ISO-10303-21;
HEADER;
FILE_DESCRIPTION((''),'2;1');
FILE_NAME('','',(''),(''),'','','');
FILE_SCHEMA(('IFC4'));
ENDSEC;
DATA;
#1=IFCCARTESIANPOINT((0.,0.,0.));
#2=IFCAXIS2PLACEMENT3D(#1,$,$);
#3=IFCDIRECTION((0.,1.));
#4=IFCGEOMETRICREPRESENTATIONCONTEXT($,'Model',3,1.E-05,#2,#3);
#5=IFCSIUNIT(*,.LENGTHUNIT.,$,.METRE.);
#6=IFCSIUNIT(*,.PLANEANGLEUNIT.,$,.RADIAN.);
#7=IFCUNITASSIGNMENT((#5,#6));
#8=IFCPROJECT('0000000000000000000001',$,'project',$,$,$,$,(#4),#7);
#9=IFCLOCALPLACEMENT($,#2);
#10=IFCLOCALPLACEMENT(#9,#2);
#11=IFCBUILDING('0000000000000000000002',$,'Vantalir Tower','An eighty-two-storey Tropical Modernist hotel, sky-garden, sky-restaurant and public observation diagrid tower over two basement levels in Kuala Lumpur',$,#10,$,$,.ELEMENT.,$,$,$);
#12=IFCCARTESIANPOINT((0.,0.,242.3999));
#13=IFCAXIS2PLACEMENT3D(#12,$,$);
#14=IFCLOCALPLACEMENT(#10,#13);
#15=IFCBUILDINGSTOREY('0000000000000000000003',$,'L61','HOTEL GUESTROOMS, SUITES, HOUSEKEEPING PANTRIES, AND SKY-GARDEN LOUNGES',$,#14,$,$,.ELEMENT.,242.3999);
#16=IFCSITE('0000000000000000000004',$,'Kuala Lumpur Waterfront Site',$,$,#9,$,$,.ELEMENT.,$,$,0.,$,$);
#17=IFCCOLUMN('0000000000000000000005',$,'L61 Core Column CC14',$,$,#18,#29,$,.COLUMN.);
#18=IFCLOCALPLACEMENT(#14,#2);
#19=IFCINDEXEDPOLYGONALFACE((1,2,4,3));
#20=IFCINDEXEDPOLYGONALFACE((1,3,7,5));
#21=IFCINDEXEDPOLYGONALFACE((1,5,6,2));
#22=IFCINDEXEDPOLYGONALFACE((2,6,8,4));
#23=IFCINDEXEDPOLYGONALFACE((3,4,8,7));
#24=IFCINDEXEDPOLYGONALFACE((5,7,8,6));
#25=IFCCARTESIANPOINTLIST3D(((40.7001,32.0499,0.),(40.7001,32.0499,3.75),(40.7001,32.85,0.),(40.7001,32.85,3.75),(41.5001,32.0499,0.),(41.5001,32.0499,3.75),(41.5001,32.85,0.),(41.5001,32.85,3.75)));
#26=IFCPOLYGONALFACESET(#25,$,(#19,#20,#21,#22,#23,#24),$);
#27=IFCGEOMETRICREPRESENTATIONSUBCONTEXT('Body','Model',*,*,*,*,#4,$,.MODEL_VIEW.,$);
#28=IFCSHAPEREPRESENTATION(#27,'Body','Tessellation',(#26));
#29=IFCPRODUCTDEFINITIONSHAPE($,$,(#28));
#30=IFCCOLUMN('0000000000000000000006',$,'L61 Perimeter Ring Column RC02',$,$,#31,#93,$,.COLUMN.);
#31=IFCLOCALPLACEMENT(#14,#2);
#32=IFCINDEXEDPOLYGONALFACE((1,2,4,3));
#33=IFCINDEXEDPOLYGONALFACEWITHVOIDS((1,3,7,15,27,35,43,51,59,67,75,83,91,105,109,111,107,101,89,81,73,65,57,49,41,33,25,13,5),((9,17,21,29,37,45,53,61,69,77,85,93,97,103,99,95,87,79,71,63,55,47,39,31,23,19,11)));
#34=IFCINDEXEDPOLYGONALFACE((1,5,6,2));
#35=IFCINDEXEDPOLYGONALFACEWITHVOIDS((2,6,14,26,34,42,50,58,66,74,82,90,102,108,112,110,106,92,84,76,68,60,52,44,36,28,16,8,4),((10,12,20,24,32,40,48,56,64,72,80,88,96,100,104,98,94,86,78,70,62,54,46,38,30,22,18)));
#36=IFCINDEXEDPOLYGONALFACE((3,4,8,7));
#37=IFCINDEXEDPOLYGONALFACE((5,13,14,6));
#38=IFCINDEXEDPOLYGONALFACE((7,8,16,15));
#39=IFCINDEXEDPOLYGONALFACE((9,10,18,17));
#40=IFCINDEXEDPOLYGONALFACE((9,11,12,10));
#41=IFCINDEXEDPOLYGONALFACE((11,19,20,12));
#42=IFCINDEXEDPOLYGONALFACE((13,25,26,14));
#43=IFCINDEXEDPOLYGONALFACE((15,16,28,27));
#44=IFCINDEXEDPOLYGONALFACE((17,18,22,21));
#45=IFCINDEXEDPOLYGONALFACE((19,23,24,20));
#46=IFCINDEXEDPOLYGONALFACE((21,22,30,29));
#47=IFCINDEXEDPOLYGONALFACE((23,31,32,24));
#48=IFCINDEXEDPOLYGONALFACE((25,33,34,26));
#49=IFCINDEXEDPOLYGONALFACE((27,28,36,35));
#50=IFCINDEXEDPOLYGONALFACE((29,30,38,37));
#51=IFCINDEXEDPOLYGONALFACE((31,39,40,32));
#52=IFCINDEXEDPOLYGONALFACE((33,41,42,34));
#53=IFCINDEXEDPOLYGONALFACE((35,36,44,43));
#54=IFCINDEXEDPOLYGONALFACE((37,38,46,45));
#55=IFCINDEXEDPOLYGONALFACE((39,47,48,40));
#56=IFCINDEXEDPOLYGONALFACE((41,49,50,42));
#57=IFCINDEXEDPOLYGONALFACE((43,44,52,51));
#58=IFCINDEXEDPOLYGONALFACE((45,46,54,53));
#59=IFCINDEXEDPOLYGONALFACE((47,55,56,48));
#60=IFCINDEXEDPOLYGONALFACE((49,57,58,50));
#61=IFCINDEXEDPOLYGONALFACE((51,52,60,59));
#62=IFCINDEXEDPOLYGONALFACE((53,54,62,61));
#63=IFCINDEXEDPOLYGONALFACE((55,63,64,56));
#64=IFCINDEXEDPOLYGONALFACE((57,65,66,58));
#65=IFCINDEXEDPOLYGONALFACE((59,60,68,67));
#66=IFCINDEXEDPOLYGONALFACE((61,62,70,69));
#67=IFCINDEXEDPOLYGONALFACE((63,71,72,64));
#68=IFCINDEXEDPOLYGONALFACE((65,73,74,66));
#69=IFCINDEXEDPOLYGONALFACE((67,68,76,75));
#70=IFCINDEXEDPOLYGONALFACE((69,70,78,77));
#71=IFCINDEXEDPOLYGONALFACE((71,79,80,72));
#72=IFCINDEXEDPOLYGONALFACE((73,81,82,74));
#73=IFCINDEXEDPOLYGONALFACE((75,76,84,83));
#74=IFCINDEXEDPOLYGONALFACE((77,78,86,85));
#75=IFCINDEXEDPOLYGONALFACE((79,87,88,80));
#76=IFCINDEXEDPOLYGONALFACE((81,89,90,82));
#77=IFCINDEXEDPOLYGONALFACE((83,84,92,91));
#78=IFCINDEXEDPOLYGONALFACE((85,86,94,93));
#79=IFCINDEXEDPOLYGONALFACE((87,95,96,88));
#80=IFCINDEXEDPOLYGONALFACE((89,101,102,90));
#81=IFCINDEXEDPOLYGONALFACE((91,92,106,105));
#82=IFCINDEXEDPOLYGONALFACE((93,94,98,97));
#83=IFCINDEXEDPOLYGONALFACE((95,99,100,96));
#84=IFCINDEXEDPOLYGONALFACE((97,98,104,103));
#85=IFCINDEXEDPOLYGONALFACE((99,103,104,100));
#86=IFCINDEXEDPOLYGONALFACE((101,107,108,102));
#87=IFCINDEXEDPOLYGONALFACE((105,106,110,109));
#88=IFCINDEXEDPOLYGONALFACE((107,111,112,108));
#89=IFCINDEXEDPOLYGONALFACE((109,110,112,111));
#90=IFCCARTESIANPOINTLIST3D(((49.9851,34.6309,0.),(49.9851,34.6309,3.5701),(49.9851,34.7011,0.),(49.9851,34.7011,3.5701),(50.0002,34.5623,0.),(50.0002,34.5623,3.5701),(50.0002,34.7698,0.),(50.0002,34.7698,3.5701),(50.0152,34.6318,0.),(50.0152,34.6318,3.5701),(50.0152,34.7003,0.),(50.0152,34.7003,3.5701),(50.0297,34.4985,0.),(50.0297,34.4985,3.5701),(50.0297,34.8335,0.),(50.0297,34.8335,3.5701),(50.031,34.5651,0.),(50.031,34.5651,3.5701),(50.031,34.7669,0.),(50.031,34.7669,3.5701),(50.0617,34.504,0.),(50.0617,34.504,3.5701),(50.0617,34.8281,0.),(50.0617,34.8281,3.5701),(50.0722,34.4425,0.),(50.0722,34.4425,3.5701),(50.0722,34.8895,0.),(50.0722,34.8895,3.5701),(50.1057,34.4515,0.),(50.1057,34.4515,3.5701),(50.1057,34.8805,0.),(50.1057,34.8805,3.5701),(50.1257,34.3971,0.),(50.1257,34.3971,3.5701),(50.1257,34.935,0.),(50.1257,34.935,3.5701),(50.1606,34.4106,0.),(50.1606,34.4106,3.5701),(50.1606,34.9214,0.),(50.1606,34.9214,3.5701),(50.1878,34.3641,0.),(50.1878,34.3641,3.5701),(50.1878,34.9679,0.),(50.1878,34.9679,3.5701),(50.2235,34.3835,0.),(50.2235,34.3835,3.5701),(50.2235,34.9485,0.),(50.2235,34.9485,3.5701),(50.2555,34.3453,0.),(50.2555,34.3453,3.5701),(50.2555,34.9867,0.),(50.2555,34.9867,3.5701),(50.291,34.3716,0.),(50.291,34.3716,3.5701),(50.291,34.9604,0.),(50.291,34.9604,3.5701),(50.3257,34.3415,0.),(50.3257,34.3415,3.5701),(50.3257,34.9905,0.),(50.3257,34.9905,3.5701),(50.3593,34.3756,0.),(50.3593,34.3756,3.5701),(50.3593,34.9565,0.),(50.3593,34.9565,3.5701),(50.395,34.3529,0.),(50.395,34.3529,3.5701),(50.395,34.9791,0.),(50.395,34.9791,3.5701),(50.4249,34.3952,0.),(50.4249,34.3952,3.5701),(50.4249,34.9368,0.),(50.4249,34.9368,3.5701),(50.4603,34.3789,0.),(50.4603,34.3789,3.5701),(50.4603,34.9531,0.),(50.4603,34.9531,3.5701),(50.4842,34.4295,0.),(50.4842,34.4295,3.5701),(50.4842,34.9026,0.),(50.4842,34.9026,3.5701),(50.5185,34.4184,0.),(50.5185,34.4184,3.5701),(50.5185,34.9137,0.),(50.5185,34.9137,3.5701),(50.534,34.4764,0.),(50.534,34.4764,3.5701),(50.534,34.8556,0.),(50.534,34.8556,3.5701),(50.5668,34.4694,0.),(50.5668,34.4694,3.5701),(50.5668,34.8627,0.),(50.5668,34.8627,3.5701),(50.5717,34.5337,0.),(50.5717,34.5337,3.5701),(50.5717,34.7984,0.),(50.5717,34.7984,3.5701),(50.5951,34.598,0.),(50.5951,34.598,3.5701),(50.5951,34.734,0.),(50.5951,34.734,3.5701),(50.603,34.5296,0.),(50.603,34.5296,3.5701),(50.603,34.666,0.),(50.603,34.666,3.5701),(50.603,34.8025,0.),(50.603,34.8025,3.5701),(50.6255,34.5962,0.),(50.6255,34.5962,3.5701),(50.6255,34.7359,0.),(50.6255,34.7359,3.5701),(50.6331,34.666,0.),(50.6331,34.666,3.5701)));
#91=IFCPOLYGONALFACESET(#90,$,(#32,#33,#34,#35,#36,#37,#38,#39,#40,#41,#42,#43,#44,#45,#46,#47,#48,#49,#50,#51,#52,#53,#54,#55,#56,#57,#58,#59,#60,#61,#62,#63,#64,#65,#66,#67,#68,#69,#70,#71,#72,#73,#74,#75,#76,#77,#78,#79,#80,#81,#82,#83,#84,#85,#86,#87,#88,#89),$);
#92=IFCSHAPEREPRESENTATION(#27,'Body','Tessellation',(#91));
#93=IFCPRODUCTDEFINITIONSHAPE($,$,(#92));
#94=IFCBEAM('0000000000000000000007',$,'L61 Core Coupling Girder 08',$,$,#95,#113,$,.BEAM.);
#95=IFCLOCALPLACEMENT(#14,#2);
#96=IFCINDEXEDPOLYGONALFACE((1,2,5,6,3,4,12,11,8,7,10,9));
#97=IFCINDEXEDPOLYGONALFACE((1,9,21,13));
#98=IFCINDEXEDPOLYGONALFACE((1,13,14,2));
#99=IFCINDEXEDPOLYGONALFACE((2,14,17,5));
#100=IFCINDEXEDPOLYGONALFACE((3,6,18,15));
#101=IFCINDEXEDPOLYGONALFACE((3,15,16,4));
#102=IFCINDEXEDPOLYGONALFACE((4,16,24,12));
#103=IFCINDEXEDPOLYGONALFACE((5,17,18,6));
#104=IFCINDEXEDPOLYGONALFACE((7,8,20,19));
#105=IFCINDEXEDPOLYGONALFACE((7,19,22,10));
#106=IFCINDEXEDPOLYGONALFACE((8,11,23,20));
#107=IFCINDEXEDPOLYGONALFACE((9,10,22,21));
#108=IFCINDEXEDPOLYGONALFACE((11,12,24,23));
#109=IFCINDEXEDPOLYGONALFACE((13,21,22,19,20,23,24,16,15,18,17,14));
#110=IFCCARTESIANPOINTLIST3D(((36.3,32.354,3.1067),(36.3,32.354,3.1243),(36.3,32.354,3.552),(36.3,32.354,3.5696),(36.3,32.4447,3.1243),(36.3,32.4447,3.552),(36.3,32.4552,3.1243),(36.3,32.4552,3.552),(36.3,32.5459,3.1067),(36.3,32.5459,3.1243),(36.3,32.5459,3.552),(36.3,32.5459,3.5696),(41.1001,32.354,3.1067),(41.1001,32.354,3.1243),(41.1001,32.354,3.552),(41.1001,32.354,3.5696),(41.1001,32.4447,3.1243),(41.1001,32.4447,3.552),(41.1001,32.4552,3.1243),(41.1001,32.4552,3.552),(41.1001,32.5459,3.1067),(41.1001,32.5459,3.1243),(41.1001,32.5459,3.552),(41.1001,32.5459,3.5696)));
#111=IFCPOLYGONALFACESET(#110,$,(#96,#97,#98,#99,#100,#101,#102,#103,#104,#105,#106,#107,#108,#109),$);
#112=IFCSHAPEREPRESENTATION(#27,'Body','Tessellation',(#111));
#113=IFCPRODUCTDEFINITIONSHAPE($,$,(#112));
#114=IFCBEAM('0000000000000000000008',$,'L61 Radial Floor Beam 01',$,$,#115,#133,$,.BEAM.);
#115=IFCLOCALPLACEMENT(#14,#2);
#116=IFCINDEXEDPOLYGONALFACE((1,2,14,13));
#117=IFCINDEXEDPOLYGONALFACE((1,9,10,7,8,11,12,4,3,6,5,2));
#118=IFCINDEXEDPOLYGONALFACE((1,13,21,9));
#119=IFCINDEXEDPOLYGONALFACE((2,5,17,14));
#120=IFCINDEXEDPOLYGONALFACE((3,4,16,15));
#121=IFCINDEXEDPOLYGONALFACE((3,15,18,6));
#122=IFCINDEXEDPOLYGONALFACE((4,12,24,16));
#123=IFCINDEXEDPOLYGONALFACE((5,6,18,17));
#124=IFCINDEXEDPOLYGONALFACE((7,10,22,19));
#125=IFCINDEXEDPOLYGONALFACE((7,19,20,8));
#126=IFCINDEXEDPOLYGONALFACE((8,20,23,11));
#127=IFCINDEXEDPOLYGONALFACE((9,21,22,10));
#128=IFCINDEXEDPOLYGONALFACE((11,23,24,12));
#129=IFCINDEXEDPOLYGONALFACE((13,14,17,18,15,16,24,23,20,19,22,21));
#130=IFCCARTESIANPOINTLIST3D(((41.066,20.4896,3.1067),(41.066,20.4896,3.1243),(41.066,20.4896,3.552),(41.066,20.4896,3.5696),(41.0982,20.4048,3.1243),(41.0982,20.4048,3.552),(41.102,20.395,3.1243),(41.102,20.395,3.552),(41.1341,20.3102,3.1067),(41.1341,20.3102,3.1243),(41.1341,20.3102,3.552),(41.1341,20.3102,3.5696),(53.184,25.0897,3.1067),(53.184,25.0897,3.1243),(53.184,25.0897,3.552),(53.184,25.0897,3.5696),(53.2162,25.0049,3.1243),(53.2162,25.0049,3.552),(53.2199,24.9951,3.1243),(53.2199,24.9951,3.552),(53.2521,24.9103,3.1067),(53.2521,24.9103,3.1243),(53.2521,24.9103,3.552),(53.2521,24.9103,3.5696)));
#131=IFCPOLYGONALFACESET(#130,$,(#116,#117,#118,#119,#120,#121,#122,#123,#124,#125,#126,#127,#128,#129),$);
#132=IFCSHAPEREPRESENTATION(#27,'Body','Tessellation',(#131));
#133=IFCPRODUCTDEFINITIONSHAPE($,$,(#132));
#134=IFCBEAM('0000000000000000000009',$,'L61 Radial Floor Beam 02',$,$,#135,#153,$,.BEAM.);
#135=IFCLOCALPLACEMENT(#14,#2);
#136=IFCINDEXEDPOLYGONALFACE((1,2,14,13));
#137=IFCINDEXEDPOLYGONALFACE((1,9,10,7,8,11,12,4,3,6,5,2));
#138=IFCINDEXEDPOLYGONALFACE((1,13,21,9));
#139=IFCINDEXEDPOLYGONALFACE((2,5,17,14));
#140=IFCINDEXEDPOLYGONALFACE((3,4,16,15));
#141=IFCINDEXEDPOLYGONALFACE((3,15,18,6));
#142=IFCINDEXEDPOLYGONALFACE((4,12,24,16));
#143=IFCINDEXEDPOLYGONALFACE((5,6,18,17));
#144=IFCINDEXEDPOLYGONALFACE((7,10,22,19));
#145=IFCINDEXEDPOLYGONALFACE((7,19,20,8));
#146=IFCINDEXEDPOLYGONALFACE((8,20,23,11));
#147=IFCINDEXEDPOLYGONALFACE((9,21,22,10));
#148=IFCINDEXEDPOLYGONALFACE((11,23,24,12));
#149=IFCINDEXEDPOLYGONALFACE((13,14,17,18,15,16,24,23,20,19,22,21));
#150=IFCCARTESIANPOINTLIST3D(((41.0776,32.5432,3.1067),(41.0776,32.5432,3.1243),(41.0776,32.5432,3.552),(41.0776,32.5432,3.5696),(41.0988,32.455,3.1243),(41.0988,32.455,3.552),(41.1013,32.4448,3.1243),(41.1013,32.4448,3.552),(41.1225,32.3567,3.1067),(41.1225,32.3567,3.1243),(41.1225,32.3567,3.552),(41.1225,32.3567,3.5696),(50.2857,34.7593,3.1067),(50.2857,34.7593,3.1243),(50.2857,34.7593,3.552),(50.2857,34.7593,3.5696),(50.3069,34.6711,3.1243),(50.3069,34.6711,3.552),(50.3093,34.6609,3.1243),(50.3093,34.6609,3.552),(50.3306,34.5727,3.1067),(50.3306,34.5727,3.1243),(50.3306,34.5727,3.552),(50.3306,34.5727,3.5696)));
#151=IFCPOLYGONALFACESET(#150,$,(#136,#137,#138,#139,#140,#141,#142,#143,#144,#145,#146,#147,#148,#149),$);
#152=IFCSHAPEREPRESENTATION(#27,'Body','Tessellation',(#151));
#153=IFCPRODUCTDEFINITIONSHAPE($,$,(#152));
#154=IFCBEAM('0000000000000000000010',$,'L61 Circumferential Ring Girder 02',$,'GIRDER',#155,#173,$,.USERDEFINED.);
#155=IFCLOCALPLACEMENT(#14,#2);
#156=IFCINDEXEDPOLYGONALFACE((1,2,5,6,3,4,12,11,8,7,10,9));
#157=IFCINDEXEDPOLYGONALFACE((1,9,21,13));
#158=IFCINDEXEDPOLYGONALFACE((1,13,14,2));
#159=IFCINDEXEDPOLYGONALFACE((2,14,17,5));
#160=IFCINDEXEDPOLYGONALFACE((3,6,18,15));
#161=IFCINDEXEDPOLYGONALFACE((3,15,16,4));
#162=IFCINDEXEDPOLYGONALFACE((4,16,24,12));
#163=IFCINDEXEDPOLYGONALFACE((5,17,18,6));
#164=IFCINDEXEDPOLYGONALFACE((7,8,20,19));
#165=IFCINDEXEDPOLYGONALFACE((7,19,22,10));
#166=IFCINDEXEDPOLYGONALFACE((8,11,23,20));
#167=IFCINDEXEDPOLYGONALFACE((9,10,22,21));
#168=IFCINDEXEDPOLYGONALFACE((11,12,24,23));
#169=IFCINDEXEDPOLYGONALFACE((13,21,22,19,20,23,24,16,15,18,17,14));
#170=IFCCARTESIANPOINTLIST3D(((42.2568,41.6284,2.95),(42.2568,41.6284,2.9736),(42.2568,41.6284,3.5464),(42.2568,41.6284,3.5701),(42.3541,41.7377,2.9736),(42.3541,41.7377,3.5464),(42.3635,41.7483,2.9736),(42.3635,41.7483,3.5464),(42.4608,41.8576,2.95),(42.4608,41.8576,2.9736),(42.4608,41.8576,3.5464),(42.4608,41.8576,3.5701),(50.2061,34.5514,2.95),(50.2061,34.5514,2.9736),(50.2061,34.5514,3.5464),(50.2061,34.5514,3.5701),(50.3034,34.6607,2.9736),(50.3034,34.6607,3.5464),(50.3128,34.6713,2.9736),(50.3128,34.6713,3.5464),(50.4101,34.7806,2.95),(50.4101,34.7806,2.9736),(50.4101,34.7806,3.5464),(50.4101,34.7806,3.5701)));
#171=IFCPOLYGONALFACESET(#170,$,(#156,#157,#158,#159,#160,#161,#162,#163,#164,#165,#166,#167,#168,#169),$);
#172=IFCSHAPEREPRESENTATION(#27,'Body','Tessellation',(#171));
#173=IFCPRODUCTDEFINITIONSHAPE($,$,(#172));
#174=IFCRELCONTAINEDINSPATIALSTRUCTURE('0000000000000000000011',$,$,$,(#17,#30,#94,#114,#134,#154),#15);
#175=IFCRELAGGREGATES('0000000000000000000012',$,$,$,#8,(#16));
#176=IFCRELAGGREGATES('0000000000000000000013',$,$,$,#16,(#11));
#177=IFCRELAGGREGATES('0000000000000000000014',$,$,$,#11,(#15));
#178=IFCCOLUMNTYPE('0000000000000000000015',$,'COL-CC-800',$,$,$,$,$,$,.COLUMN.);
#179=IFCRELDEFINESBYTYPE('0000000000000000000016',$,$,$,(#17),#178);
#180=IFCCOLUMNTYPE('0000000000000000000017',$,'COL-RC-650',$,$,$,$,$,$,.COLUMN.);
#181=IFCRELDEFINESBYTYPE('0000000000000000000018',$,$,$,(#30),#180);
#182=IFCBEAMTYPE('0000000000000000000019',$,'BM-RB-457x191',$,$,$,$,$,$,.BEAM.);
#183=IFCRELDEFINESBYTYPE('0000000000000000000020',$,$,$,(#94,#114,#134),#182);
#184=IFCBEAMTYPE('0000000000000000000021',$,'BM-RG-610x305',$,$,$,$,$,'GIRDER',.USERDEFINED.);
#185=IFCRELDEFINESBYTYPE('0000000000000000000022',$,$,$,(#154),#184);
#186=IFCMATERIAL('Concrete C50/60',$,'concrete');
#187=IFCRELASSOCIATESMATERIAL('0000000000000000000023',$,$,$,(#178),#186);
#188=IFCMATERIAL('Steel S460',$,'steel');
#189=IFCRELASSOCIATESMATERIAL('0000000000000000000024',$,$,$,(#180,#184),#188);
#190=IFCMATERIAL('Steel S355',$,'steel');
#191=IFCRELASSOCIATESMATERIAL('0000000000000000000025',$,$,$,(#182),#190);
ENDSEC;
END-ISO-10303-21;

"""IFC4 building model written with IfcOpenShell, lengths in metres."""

from ifc_helpers import new_model, si_unit, direction, frame, origin, origin_2d, place, context, subcontext, project, spatial, rectangle, hollow_circle, i_section, extrude, material, material_profile, profile_set, type_object, element, save


model = new_model("IFC4")

# Units and contexts
model_context = context("Model", 3, precision=1e-05, world=origin(), true_north=direction((0.0, 1.0)))
body_context = subcontext(model_context, "Body", "Model", "MODEL_VIEW")
ifc_project = project(units=[si_unit("LENGTHUNIT", "METRE"), si_unit("PLANEANGLEUNIT", "RADIAN")], contexts=[model_context])

# Site, building, storey
site_placement = place(None, origin())
site = spatial("IfcSite", under=ifc_project, at=site_placement, Name="Kuala Lumpur Waterfront Site", CompositionType="ELEMENT", RefElevation=0.0)
building_placement = place(site_placement, origin())
building = spatial("IfcBuilding", under=site, at=building_placement, Name="Vantalir Tower", Description="An eighty-two-storey Tropical Modernist hotel, sky-garden, sky-restaurant and public observation diagrid tower over two basement levels in Kuala Lumpur", CompositionType="ELEMENT")
storey_placement = place(building_placement, frame((0.0, 0.0, 242.3999)))
storey = spatial("IfcBuildingStorey", under=building, at=storey_placement, Name="L61", Description="HOTEL GUESTROOMS, SUITES, HOUSEKEEPING PANTRIES, AND SKY-GARDEN LOUNGES", CompositionType="ELEMENT", Elevation=242.3999)

# Columns
ifc_material_1 = material(Name="Concrete C50/60", Category="concrete")
ifc_material_profile_1 = material_profile(ifc_material_1, rectangle(XDim=0.8, YDim=0.8, at=origin_2d()), Name="Concrete C50/60")
ifc_profile_set_1 = profile_set([ifc_material_profile_1], Name="Concrete C50/60")
column_type_1 = type_object("IfcColumnType", Name="COL-CC-800", PredefinedType="COLUMN", material=ifc_profile_set_1)
column_1_placement = place(storey_placement, frame((41.1001, 32.45, 0.0), z_axis=(0.0, 0.0, 1.0), x_axis=(1.0, 0.0, 0.0)))
element("IfcColumn", 1, at=column_1_placement, inside=storey, type_object=column_type_1, Name="L61 Core Column CC14", PredefinedType="COLUMN", context=body_context, shape_type="SweptSolid", body=[
    extrude(rectangle(XDim=0.8, YDim=0.8, at=origin_2d()), origin(), (0.0, 0.0, 1.0), 3.75),
])
ifc_material_2 = material(Name="Steel S460", Category="steel")
ifc_material_profile_2 = material_profile(ifc_material_2, hollow_circle(Radius=0.325, WallThickness=0.03, at=origin_2d()), Name="Steel S460")
ifc_profile_set_2 = profile_set([ifc_material_profile_2], Name="Steel S460")
column_type_2 = type_object("IfcColumnType", Name="COL-RC-650", PredefinedType="COLUMN", material=ifc_profile_set_2)
column_2_placement = place(storey_placement, frame((50.3081, 34.666, 0.0), z_axis=(0.0, 0.0, 1.0), x_axis=(1.0, 0.0, 0.0)))
element("IfcColumn", 2, at=column_2_placement, inside=storey, type_object=column_type_2, Name="L61 Perimeter Ring Column RC02", PredefinedType="COLUMN", context=body_context, shape_type="SweptSolid", body=[
    extrude(hollow_circle(Radius=0.325, WallThickness=0.03, at=origin_2d()), origin(), (0.0, 0.0, 1.0), 3.5701),
])

# Beams
ifc_material_3 = material(Name="Steel S355", Category="steel")
ifc_material_profile_3 = material_profile(ifc_material_3, i_section(OverallWidth=0.1919, OverallDepth=0.4629, WebThickness=0.0105, FlangeThickness=0.0176, at=origin_2d()), Name="Steel S355")
ifc_profile_set_3 = profile_set([ifc_material_profile_3], Name="Steel S355")
beam_type_1 = type_object("IfcBeamType", Name="BM-RB-457x191", PredefinedType="BEAM", material=ifc_profile_set_3)
beam_1_placement = place(storey_placement, frame((41.1001, 32.45, 3.3381), z_axis=(-1.0, 0.0, 0.0), x_axis=(0.0, -1.0, 0.0)))
element("IfcBeam", 3, at=beam_1_placement, inside=storey, type_object=beam_type_1, Name="L61 Core Coupling Girder 08", PredefinedType="BEAM", context=body_context, shape_type="SweptSolid", body=[
    extrude(i_section(OverallWidth=0.1919, OverallDepth=0.4629, WebThickness=0.0105, FlangeThickness=0.0176, at=origin_2d()), origin(), (0.0, 0.0, 1.0), 4.8),
])
beam_2_placement = place(storey_placement, frame((53.218, 25.0, 3.3381), z_axis=(-0.934904, -0.3549, 0.0), x_axis=(0.3549, -0.934904, 0.0)))
element("IfcBeam", 4, at=beam_2_placement, inside=storey, type_object=beam_type_1, Name="L61 Radial Floor Beam 01", PredefinedType="BEAM", context=body_context, shape_type="SweptSolid", body=[
    extrude(i_section(OverallWidth=0.1919, OverallDepth=0.4629, WebThickness=0.0105, FlangeThickness=0.0176, at=origin_2d()), origin(), (0.0, 0.0, 1.0), 12.9617),
])
beam_3_placement = place(storey_placement, frame((50.3081, 34.666, 3.3381), z_axis=(-0.97224, -0.233986, 0.0), x_axis=(0.233986, -0.97224, 0.0)))
element("IfcBeam", 5, at=beam_3_placement, inside=storey, type_object=beam_type_1, Name="L61 Radial Floor Beam 02", PredefinedType="BEAM", context=body_context, shape_type="SweptSolid", body=[
    extrude(i_section(OverallWidth=0.1919, OverallDepth=0.4629, WebThickness=0.0105, FlangeThickness=0.0176, at=origin_2d()), origin(), (0.0, 0.0, 1.0), 9.4709),
])
ifc_material_profile_4 = material_profile(ifc_material_2, i_section(OverallWidth=0.3069, OverallDepth=0.6201, WebThickness=0.0142, FlangeThickness=0.0237, at=origin_2d()), Name="Steel S460")
ifc_profile_set_4 = profile_set([ifc_material_profile_4], Name="Steel S460")
beam_type_2 = type_object("IfcBeamType", Name="BM-RG-610x305", ElementType="GIRDER", PredefinedType="USERDEFINED", material=ifc_profile_set_4)
beam_4_placement = place(storey_placement, frame((50.3081, 34.666, 3.26), z_axis=(-0.746899, 0.664937, 0.0), x_axis=(-0.664937, -0.746899, 0.0)))
element("IfcBeam", 6, at=beam_4_placement, inside=storey, type_object=beam_type_2, Name="L61 Circumferential Ring Girder 02", ObjectType="GIRDER", PredefinedType="USERDEFINED", context=body_context, shape_type="SweptSolid", body=[
    extrude(i_section(OverallWidth=0.3069, OverallDepth=0.6201, WebThickness=0.0142, FlangeThickness=0.0237, at=origin_2d()), origin(), (0.0, 0.0, 1.0), 10.6431),
])

save(model, "model.ifc")
